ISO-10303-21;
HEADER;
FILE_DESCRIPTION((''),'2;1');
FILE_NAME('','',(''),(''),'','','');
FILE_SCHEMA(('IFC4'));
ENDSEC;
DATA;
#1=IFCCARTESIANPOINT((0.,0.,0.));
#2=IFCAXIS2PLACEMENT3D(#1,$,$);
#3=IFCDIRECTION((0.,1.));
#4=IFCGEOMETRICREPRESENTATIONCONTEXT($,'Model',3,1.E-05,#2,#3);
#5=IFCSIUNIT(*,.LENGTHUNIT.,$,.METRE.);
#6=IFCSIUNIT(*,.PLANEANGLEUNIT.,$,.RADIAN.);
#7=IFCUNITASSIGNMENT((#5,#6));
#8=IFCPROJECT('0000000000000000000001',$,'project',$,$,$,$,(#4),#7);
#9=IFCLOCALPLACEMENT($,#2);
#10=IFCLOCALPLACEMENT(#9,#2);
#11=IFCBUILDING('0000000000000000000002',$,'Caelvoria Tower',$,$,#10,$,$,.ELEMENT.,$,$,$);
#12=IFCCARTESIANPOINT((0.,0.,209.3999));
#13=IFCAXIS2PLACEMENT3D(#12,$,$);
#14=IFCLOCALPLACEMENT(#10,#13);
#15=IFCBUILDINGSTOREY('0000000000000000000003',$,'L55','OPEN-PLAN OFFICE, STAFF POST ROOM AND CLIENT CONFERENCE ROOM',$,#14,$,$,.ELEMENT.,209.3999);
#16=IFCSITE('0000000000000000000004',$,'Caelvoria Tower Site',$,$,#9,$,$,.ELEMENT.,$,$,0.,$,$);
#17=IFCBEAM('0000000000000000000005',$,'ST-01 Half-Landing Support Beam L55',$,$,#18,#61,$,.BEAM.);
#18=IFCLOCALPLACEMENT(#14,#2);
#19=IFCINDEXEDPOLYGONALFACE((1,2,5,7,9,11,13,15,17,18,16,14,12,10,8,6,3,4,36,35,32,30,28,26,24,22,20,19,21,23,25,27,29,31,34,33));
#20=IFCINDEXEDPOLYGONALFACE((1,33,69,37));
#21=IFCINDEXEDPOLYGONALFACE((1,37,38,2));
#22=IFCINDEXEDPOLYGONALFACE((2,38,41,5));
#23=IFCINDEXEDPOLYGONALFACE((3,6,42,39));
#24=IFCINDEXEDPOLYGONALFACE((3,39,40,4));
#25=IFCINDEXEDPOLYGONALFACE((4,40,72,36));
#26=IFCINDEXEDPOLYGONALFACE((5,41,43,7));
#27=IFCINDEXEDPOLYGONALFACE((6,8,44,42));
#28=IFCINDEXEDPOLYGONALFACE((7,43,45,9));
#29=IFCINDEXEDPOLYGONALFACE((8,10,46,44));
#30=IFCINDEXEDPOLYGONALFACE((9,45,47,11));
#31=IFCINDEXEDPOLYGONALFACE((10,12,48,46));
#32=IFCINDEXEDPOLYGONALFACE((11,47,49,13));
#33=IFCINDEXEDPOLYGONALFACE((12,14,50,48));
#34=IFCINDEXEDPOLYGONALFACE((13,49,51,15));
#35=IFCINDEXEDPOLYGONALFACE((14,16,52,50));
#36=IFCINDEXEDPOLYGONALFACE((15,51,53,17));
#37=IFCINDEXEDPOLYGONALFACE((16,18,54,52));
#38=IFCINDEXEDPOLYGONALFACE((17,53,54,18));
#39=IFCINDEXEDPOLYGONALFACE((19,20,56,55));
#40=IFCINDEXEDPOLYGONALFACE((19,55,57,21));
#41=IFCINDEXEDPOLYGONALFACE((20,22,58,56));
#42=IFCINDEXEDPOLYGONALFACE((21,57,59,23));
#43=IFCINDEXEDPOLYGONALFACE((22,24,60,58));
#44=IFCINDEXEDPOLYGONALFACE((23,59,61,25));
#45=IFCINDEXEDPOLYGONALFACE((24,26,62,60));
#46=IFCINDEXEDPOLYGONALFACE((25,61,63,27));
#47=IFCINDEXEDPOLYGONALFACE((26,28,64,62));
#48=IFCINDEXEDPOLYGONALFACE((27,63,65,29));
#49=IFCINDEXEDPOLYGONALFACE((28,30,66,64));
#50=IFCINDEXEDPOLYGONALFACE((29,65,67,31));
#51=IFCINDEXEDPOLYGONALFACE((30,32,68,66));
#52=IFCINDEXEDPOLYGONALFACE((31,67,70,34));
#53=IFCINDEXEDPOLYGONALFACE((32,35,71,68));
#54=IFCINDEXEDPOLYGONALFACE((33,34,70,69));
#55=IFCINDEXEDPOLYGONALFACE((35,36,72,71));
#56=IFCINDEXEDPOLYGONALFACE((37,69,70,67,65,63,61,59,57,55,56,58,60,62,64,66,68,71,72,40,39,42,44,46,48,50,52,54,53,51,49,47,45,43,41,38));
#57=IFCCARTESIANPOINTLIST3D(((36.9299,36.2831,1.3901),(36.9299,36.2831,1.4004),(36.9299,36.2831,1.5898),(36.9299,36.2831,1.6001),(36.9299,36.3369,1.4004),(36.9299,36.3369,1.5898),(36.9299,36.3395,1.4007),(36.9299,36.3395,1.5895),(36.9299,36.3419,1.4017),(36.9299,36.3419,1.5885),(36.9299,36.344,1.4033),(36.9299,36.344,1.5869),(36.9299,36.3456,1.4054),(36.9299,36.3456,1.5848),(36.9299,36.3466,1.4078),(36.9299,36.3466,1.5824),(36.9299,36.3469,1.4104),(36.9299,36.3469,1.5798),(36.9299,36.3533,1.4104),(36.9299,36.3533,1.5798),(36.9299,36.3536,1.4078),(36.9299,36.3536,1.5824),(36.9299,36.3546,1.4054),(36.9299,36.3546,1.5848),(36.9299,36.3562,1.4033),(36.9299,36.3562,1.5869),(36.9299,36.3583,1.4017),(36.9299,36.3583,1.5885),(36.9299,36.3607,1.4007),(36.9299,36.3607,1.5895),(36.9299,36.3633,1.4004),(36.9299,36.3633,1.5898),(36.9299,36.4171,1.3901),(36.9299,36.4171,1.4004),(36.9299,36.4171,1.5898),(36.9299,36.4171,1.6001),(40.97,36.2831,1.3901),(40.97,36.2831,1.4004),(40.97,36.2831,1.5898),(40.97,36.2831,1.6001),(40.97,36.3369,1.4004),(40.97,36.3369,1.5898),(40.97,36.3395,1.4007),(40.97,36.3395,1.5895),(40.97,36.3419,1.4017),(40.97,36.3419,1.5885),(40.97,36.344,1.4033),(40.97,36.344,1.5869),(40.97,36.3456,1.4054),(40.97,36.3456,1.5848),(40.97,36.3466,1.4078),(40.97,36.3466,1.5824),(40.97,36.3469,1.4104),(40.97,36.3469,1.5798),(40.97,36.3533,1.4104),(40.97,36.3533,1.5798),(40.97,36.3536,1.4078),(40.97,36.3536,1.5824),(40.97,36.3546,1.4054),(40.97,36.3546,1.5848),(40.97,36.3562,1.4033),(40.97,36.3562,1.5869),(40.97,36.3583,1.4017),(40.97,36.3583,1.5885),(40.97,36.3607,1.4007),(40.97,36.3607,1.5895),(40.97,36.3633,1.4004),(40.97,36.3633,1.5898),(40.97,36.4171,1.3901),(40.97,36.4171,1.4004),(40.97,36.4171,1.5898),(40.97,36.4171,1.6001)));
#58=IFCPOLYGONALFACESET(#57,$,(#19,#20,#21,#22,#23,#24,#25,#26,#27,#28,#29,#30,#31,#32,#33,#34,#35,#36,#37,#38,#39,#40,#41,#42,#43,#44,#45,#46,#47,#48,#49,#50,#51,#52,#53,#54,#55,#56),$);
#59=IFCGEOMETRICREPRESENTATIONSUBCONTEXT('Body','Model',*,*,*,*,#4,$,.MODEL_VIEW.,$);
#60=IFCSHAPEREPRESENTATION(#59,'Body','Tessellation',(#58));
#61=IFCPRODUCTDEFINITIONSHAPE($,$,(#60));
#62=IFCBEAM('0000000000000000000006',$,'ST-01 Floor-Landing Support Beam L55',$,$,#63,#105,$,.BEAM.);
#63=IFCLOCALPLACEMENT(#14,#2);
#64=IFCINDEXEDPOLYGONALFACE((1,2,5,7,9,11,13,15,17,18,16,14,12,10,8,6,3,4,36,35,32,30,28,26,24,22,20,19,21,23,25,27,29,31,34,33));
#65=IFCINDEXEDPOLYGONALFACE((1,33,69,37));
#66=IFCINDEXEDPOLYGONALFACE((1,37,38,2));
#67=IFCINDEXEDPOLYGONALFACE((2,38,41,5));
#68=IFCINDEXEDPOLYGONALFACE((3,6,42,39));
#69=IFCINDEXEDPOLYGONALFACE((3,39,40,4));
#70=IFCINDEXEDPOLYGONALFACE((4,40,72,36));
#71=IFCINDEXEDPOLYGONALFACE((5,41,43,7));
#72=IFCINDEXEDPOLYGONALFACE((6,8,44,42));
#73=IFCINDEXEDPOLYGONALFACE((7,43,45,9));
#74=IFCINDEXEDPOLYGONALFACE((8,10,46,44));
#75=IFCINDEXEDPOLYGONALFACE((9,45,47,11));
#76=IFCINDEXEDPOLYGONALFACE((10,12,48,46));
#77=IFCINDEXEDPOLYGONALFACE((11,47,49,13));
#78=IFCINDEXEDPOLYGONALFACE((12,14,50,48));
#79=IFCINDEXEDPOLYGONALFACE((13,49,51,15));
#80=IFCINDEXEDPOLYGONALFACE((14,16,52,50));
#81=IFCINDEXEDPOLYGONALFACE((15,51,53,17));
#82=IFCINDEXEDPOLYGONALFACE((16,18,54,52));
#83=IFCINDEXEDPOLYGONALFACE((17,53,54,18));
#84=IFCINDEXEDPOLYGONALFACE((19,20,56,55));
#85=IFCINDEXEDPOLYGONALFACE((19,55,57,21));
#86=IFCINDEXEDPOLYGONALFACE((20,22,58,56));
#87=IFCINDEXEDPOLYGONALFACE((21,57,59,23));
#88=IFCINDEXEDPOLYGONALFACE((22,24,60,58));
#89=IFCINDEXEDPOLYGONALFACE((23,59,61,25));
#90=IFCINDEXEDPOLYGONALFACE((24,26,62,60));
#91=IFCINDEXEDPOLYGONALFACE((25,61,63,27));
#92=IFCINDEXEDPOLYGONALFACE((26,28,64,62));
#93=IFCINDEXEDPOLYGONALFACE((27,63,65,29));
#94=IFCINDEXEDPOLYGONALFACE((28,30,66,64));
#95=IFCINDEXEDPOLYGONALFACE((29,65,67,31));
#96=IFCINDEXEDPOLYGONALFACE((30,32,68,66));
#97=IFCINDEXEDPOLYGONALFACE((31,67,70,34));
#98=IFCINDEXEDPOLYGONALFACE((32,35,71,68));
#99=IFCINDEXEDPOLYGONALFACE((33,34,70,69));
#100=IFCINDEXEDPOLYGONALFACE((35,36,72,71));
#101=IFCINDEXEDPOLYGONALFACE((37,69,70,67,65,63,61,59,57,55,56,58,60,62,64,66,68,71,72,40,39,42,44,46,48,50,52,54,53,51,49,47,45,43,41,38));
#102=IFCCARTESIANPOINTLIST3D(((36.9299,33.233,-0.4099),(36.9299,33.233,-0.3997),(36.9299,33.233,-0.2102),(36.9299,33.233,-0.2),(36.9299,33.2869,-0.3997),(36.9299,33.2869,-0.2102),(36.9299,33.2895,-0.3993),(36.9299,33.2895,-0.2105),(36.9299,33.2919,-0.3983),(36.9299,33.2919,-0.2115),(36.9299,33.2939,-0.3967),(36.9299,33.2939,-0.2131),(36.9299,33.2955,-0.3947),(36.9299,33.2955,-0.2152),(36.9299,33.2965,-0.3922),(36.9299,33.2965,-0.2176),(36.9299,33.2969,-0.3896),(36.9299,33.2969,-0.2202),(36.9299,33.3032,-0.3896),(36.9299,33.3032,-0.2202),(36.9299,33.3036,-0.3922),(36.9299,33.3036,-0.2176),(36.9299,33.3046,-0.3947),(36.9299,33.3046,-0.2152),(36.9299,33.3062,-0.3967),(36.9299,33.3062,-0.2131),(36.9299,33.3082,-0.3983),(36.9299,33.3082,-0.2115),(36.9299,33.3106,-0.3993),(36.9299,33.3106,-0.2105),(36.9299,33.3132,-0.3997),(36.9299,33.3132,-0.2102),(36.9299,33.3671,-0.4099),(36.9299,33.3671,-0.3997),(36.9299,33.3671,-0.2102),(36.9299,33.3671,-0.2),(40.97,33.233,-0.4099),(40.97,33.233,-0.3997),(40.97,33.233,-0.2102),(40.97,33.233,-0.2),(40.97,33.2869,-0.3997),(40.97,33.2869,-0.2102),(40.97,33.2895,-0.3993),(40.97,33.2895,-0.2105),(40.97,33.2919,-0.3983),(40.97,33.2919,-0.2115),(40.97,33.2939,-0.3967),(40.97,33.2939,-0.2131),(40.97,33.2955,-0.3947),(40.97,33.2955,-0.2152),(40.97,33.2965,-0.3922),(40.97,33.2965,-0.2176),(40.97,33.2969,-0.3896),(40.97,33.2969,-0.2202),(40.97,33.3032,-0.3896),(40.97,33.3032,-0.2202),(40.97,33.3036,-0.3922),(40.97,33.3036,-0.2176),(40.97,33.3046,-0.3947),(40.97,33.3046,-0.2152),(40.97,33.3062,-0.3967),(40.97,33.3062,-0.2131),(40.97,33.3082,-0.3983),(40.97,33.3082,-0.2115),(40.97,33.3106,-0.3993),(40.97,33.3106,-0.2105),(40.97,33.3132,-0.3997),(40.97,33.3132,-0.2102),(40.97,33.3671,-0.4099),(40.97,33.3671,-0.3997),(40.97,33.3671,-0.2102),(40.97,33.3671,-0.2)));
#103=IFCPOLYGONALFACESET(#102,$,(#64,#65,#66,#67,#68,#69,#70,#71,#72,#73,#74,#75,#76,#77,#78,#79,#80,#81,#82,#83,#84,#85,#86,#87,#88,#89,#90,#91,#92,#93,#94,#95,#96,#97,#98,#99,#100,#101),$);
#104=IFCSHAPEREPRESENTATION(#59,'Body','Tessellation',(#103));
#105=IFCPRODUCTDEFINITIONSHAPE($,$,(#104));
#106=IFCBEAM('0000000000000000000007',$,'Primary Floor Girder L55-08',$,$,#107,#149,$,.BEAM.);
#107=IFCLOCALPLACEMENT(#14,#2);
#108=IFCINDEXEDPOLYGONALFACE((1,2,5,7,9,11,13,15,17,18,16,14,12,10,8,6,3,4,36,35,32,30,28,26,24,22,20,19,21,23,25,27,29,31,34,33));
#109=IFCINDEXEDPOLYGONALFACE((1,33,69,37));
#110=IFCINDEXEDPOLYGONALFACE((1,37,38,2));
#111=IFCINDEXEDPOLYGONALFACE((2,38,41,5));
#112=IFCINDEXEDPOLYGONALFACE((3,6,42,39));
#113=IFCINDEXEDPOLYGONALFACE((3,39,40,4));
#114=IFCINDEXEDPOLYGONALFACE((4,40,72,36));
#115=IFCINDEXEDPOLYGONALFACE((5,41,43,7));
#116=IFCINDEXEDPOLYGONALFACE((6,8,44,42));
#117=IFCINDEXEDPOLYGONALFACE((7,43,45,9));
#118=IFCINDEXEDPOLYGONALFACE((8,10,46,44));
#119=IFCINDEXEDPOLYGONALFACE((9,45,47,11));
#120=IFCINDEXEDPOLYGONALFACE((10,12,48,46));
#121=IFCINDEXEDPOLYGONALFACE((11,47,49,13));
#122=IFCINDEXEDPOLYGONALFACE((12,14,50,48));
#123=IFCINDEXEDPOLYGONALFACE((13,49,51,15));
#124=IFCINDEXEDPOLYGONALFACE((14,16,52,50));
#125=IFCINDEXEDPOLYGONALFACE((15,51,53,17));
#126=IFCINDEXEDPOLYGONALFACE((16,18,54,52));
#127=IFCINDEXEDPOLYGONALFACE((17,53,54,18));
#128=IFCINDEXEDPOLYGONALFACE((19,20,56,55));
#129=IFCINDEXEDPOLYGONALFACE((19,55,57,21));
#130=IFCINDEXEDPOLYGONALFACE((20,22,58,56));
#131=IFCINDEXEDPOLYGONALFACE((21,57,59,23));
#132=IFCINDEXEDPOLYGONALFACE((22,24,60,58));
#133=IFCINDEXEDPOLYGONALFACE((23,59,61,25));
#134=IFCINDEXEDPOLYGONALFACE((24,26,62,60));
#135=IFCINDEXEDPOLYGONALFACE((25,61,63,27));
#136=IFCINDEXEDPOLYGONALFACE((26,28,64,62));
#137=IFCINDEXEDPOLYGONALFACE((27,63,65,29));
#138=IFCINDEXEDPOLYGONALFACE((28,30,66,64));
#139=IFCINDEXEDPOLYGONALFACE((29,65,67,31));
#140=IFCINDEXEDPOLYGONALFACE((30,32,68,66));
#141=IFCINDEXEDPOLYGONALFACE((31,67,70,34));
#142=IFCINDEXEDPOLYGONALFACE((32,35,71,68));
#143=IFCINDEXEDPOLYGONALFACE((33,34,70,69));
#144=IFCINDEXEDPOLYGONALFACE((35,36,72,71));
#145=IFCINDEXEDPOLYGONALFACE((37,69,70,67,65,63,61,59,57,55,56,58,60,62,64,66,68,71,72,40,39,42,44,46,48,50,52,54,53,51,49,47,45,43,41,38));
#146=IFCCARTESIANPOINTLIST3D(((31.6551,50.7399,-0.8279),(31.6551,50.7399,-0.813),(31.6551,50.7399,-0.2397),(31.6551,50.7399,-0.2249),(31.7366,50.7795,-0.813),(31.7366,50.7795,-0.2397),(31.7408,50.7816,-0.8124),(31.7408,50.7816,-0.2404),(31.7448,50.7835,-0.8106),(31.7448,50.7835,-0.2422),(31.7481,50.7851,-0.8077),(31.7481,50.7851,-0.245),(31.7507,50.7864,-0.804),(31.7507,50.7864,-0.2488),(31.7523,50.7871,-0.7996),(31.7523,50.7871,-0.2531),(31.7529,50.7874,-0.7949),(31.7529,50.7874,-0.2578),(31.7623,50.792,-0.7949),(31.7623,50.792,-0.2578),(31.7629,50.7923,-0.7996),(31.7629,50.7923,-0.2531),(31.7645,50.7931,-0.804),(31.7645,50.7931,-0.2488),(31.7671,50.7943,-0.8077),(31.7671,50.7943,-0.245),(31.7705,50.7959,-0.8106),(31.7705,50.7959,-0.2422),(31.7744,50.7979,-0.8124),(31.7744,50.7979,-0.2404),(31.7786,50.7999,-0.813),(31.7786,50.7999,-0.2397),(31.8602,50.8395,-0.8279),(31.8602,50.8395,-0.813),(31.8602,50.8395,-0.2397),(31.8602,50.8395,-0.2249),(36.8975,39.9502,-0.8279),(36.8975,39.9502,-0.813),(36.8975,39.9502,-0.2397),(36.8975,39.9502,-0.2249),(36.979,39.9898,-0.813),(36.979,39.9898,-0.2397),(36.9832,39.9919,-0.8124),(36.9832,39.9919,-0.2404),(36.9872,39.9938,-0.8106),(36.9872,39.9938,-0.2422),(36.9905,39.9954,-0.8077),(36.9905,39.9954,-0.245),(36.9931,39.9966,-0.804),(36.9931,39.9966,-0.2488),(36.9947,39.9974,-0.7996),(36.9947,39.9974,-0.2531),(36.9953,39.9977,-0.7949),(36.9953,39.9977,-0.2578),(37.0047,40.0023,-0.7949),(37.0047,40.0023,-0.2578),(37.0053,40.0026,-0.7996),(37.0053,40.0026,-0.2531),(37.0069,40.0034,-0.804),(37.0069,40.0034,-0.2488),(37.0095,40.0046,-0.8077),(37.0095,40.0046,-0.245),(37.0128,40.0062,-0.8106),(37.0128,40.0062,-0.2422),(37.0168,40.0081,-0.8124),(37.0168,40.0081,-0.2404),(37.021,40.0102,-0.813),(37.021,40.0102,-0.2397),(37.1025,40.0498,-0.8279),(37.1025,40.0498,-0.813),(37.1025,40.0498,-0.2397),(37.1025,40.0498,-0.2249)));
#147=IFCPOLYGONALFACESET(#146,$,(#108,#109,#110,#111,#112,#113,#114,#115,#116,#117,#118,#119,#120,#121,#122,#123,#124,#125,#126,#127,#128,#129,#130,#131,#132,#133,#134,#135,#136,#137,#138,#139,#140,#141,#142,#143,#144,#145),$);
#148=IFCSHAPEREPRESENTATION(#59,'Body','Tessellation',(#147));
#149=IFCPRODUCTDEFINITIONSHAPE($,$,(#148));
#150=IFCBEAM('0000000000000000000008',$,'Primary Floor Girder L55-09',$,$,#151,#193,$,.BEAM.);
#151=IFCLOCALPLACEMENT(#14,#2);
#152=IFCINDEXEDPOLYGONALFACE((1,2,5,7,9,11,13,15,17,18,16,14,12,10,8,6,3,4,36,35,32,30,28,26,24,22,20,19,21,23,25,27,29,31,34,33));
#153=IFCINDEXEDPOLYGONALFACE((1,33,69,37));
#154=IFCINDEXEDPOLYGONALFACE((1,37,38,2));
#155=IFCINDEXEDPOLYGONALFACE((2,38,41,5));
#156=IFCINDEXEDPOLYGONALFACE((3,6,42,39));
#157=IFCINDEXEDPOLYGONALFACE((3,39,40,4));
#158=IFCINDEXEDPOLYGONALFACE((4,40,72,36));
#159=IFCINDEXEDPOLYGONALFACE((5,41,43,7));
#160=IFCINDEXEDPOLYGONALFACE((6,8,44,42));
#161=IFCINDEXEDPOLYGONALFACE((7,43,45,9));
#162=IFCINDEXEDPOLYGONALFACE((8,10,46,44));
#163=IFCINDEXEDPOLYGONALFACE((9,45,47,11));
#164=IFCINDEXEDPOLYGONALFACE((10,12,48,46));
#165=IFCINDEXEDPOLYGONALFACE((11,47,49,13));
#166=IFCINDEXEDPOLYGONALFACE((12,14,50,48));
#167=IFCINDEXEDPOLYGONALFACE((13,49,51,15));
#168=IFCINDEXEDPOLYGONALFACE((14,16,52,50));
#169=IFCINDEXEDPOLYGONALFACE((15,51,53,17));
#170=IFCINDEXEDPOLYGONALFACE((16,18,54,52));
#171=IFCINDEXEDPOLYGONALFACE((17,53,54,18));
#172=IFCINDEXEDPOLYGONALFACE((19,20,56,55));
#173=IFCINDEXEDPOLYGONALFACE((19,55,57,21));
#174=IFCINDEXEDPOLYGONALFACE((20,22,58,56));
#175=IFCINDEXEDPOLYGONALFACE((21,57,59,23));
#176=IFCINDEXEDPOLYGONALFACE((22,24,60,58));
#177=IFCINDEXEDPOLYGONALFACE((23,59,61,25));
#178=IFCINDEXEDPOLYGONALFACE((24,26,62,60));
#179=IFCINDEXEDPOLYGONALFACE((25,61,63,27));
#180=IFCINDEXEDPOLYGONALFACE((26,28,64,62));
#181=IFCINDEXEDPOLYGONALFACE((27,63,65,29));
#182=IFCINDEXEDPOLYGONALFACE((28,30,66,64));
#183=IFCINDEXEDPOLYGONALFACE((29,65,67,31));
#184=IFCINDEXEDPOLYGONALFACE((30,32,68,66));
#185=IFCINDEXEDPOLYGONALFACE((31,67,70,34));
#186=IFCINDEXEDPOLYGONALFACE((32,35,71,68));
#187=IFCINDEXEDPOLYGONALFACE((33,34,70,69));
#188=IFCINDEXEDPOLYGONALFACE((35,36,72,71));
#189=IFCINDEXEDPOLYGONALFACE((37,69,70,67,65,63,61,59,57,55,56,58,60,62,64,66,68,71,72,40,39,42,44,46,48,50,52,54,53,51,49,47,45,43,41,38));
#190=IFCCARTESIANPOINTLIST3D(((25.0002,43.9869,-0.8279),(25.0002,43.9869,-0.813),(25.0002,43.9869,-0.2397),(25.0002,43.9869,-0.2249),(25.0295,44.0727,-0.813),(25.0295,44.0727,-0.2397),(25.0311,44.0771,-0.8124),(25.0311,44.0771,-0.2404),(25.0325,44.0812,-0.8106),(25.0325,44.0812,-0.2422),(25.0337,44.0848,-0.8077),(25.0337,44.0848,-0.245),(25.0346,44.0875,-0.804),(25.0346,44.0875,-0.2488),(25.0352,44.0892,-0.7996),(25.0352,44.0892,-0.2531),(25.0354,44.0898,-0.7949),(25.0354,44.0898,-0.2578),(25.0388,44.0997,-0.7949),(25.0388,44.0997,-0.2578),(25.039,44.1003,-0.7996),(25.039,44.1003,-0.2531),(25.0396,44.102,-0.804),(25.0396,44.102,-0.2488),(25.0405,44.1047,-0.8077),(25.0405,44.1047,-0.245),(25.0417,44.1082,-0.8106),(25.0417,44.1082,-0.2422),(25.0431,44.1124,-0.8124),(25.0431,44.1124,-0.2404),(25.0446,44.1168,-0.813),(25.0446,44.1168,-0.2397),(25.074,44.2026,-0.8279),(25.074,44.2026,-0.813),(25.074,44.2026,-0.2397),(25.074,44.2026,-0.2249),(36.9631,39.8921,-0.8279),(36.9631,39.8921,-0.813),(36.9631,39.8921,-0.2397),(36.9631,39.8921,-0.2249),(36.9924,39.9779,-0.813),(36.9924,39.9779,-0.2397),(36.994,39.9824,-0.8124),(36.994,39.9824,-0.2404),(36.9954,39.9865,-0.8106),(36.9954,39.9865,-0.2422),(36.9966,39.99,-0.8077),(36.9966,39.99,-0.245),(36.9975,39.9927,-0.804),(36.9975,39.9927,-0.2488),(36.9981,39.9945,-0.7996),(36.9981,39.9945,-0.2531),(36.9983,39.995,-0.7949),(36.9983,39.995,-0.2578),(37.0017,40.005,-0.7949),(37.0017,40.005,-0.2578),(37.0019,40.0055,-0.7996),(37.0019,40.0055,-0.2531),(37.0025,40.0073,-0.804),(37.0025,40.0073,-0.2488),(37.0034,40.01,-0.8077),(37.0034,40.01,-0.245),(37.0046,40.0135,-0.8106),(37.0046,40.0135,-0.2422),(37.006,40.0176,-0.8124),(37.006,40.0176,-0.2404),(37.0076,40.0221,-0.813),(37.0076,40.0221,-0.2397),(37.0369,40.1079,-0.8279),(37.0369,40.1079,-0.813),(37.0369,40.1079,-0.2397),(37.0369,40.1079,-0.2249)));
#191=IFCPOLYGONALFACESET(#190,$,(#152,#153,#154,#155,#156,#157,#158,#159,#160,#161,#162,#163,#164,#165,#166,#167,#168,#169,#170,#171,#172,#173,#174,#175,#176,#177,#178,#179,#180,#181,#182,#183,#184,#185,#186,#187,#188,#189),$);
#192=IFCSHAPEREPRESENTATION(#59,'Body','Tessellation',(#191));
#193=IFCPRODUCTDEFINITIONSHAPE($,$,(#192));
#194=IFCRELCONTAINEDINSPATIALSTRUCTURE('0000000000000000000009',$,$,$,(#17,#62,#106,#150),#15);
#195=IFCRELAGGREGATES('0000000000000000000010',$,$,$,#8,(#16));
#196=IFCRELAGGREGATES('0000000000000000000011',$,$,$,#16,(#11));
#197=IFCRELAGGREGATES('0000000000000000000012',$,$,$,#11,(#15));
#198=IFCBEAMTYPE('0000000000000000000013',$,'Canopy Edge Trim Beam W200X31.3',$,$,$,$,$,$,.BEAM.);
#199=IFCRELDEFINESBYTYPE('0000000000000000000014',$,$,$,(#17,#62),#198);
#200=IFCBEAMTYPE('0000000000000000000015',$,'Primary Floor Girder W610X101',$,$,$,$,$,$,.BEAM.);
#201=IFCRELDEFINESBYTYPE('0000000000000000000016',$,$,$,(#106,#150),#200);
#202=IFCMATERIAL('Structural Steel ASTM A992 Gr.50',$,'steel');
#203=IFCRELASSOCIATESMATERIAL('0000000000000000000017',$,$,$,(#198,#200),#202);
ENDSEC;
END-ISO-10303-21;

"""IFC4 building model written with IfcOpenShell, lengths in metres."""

from ifc_helpers import new_model, si_unit, direction, frame, origin, origin_2d, place, context, subcontext, project, spatial, i_section, extrude, material, material_profile, profile_set, type_object, element, save


model = new_model("IFC4")

# Units and contexts
model_context = context("Model", 3, precision=1e-05, world=origin(), true_north=direction((0.0, 1.0)))
body_context = subcontext(model_context, "Body", "Model", "MODEL_VIEW")
ifc_project = project(units=[si_unit("LENGTHUNIT", "METRE"), si_unit("PLANEANGLEUNIT", "RADIAN")], contexts=[model_context])

# Site, building, storey
site_placement = place(None, origin())
site = spatial("IfcSite", under=ifc_project, at=site_placement, Name="Caelvoria Tower Site", CompositionType="ELEMENT", RefElevation=0.0)
building_placement = place(site_placement, origin())
building = spatial("IfcBuilding", under=site, at=building_placement, Name="Caelvoria Tower", CompositionType="ELEMENT")
storey_placement = place(building_placement, frame((0.0, 0.0, 209.3999)))
storey = spatial("IfcBuildingStorey", under=building, at=storey_placement, Name="L55", Description="OPEN-PLAN OFFICE, STAFF POST ROOM AND CLIENT CONFERENCE ROOM", CompositionType="ELEMENT", Elevation=209.3999)

# Beams
ifc_material_1 = material(Name="Structural Steel ASTM A992 Gr.50", Category="steel")
ifc_material_profile_1 = material_profile(ifc_material_1, i_section(OverallWidth=0.134, OverallDepth=0.21, WebThickness=0.0063, FlangeThickness=0.0103, FilletRadius=0.01, at=origin_2d()), Name="Structural Steel ASTM A992 Gr.50")
ifc_profile_set_1 = profile_set([ifc_material_profile_1], Name="W200X31.3 - Structural Steel ASTM A992 Gr.50")
beam_type_1 = type_object("IfcBeamType", Name="Canopy Edge Trim Beam W200X31.3", PredefinedType="BEAM", material=ifc_profile_set_1)
for number, where, z_axis, x_axis, name in (
    (1, (36.9299, 36.3501, 1.4951), (1.0, 0.0, 0.0), (0.0, 1.0, 0.0), "ST-01 Half-Landing Support Beam L55"),
    (2, (36.9299, 33.3, -0.3049), (1.0, 0.0, 0.0), (0.0, 1.0, 0.0), "ST-01 Floor-Landing Support Beam L55"),
):
    element("IfcBeam", number, at=place(storey_placement, frame(where, z_axis=z_axis, x_axis=x_axis)), inside=storey, type_object=beam_type_1, Name=name, PredefinedType="BEAM", context=body_context, shape_type="SweptSolid", body=[
        extrude(i_section(OverallWidth=0.134, OverallDepth=0.21, WebThickness=0.0063, FlangeThickness=0.0103, FilletRadius=0.01, at=origin_2d()), origin(), (0.0, 0.0, 1.0), 4.04),
    ])
ifc_material_profile_2 = material_profile(ifc_material_1, i_section(OverallWidth=0.228, OverallDepth=0.603, WebThickness=0.0105, FlangeThickness=0.0149, FilletRadius=0.0181, at=origin_2d()), Name="Structural Steel ASTM A992 Gr.50")
ifc_profile_set_2 = profile_set([ifc_material_profile_2], Name="W610X101 - Structural Steel ASTM A992 Gr.50")
beam_type_2 = type_object("IfcBeamType", Name="Primary Floor Girder W610X101", PredefinedType="BEAM", material=ifc_profile_set_2)
beam_1_placement = place(storey_placement, frame((37.0, 40.0, -0.5264), z_axis=(-0.437017, 0.899453, 0.0), x_axis=(-0.899453, -0.437017, 0.0)))
element("IfcBeam", 3, at=beam_1_placement, inside=storey, type_object=beam_type_2, Name="Primary Floor Girder L55-08", PredefinedType="BEAM", context=body_context, shape_type="SweptSolid", body=[
    extrude(i_section(OverallWidth=0.228, OverallDepth=0.603, WebThickness=0.0105, FlangeThickness=0.0149, FilletRadius=0.0181, at=origin_2d()), origin(), (0.0, 0.0, 1.0), 11.9958),
])
beam_2_placement = place(storey_placement, frame((37.0, 40.0, -0.5264), z_axis=(-0.946112, 0.323841, 0.0), x_axis=(-0.323841, -0.946112, 0.0)))
element("IfcBeam", 4, at=beam_2_placement, inside=storey, type_object=beam_type_2, Name="Primary Floor Girder L55-09", PredefinedType="BEAM", context=body_context, shape_type="SweptSolid", body=[
    extrude(i_section(OverallWidth=0.228, OverallDepth=0.603, WebThickness=0.0105, FlangeThickness=0.0149, FilletRadius=0.0181, at=origin_2d()), origin(), (0.0, 0.0, 1.0), 12.6443),
])

save(model, "model.ifc")
